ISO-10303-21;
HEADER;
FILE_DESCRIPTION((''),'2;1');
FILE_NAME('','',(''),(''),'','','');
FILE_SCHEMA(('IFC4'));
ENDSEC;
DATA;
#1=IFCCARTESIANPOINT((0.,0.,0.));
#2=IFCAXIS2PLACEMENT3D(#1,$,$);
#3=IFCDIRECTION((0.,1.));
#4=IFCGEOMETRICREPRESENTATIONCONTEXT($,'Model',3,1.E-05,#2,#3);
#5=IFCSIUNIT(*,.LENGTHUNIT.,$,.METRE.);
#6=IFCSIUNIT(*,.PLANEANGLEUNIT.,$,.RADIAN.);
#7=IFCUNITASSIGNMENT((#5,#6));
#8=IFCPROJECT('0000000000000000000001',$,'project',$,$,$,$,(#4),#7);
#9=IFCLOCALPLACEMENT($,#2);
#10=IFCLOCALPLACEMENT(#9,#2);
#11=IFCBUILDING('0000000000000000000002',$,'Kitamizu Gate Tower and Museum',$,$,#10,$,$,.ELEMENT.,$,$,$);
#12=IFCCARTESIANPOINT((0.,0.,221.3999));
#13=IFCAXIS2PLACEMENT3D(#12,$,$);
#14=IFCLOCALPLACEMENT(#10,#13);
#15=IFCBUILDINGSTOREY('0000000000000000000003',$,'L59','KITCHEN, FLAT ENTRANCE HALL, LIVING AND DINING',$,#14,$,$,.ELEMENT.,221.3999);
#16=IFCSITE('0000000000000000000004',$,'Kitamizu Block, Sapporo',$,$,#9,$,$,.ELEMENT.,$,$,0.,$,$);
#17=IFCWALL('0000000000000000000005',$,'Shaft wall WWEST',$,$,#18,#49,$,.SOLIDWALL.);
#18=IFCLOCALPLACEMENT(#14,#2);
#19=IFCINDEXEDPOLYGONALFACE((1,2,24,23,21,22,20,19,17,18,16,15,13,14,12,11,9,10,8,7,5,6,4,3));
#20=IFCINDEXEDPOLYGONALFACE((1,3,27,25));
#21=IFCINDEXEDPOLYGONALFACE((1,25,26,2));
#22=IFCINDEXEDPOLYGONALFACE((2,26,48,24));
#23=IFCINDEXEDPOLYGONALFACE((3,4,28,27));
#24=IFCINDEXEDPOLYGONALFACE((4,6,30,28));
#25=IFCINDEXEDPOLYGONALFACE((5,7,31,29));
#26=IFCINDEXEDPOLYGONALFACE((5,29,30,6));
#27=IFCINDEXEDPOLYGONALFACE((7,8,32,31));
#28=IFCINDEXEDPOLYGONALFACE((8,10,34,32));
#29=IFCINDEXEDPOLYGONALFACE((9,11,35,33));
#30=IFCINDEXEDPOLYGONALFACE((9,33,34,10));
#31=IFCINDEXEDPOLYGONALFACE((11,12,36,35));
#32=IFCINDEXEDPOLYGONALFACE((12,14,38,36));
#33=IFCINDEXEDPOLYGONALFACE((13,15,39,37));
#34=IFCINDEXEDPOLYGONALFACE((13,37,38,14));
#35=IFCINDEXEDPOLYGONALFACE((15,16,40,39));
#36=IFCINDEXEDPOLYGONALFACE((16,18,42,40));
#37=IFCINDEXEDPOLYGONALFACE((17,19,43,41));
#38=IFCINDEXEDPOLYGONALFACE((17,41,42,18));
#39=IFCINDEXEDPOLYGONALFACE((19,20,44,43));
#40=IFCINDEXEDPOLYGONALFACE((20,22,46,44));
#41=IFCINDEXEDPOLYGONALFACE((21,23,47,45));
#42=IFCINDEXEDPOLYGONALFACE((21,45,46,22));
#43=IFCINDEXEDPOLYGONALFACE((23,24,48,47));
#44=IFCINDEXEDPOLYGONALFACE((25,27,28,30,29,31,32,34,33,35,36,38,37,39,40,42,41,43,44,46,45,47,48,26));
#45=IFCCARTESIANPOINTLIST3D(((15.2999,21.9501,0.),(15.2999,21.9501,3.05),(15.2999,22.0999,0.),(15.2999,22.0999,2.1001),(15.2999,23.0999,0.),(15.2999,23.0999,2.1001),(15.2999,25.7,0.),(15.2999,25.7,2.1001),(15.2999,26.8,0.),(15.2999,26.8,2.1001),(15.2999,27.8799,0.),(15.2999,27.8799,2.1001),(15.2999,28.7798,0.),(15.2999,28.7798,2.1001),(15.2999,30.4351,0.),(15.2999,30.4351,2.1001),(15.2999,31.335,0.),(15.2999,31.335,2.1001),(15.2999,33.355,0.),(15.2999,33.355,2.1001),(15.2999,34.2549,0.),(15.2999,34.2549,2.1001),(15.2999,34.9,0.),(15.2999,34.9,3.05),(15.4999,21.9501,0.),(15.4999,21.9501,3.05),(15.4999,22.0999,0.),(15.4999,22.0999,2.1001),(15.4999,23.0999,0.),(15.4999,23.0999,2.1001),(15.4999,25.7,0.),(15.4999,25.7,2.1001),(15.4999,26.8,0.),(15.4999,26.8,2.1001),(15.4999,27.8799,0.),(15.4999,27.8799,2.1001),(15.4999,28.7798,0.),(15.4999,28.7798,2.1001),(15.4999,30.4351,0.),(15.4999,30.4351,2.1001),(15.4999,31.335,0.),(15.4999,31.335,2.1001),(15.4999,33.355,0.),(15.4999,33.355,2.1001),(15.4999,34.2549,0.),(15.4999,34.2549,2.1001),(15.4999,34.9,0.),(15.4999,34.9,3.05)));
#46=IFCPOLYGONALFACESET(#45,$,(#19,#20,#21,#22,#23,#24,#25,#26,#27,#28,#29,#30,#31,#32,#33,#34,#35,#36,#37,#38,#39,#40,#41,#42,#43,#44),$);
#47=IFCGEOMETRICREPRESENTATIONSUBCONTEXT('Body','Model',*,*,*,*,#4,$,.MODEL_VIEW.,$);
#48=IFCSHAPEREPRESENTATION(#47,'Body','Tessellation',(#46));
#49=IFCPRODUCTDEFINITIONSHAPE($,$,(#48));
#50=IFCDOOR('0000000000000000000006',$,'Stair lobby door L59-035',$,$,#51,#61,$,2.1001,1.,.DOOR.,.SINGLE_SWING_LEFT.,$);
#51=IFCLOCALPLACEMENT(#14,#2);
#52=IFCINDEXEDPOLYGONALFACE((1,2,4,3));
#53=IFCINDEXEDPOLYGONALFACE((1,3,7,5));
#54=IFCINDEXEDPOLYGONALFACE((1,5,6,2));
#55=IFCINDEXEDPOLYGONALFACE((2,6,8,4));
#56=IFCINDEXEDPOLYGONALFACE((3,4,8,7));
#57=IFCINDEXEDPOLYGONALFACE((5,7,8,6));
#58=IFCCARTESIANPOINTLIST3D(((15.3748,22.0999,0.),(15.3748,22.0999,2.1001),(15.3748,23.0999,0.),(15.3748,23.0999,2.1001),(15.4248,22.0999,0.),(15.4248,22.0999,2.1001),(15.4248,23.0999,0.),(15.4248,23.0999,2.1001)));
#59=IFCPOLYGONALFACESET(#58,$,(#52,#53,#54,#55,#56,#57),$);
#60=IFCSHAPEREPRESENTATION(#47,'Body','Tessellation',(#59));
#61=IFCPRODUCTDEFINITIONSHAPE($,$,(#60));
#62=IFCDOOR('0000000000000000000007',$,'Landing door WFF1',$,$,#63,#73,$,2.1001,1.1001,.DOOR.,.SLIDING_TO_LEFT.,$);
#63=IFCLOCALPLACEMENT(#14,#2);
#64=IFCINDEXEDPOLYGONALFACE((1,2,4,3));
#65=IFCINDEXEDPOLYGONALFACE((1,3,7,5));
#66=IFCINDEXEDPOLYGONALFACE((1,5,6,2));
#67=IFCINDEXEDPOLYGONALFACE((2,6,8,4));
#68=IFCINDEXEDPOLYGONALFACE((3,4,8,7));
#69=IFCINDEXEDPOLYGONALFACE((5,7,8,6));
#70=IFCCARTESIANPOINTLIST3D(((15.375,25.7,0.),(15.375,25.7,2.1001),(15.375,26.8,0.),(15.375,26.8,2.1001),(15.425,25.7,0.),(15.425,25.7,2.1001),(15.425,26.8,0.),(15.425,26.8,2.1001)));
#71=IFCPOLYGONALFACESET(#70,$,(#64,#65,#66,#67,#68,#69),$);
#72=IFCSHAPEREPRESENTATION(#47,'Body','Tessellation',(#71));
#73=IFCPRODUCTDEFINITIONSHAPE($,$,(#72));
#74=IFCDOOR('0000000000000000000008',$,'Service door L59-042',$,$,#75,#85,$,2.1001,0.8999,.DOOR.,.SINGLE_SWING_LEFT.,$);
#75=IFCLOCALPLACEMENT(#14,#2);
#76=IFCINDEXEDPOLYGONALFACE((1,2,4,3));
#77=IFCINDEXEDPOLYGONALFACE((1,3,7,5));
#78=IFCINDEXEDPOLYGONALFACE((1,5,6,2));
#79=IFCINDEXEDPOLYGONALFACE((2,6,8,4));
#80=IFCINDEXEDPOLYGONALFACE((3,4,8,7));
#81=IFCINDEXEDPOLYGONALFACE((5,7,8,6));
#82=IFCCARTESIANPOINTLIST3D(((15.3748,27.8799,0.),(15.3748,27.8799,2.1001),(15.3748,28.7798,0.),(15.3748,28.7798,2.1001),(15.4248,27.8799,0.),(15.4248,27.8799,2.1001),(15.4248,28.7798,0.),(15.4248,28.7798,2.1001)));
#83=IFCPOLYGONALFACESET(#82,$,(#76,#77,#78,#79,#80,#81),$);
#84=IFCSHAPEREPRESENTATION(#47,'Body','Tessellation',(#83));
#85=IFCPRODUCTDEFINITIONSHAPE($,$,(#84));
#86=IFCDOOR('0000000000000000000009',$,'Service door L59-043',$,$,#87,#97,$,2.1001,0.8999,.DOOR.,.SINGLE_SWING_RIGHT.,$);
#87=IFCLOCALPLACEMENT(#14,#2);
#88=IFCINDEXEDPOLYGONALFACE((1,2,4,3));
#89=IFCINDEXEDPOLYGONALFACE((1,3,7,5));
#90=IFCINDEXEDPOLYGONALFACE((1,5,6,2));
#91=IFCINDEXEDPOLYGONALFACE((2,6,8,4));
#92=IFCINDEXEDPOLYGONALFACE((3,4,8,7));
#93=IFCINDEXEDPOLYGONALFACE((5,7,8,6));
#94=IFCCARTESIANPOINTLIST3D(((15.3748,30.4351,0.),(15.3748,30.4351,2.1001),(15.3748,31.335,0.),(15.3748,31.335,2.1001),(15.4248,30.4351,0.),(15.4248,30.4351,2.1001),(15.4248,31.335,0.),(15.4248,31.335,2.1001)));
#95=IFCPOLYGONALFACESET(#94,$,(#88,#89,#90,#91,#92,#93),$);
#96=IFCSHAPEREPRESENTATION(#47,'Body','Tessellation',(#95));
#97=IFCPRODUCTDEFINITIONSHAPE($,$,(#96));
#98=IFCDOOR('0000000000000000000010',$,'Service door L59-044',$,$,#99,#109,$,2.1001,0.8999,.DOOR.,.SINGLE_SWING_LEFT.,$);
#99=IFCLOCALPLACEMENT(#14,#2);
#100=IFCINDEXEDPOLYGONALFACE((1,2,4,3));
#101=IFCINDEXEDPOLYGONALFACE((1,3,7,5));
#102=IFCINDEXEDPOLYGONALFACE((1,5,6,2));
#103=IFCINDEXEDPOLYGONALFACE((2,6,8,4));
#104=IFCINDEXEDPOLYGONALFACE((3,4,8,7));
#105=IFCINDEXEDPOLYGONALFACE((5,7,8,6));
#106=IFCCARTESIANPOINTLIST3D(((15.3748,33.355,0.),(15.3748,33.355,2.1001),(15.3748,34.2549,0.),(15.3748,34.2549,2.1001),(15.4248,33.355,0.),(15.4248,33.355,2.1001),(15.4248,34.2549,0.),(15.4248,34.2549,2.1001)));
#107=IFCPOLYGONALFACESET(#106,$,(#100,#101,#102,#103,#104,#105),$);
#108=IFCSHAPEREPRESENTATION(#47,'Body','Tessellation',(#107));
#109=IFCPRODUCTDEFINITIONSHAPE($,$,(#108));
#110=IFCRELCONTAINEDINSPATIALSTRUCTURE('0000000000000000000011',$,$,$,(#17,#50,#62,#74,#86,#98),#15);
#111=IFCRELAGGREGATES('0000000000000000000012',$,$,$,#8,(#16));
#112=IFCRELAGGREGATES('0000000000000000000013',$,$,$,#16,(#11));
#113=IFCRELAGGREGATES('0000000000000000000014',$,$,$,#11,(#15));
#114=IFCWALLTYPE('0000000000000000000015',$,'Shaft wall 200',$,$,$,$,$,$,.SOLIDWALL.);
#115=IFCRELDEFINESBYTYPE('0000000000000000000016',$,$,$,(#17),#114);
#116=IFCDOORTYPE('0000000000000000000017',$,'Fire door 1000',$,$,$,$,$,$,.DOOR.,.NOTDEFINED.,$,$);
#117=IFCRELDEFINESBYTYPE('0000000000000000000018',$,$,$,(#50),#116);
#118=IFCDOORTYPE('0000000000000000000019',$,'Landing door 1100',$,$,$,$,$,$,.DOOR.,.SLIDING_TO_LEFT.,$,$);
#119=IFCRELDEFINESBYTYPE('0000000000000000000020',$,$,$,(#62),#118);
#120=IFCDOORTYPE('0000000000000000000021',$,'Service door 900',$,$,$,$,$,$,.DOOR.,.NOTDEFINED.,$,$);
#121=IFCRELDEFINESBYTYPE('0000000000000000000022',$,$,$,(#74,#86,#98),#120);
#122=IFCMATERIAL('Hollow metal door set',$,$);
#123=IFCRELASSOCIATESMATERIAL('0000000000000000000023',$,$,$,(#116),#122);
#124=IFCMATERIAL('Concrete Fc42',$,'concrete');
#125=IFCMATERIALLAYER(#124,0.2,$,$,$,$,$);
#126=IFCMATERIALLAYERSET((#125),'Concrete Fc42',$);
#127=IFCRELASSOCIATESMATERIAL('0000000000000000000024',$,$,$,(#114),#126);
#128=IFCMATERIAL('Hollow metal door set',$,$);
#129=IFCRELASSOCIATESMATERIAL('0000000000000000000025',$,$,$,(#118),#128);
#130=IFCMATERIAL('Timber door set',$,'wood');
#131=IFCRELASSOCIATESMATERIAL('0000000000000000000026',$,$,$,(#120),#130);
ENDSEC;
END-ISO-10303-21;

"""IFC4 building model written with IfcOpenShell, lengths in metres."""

from ifc_helpers import new_model, si_unit, direction, frame, frame_2d, origin, place, context, subcontext, project, spatial, rectangle, extrude, material, layer, layer_set, type_object, element, fill, save


model = new_model("IFC4")

# Units and contexts
model_context = context("Model", 3, precision=1e-05, world=origin(), true_north=direction((0.0, 1.0)))
body_context = subcontext(model_context, "Body", "Model", "MODEL_VIEW")
ifc_project = project(units=[si_unit("LENGTHUNIT", "METRE"), si_unit("PLANEANGLEUNIT", "RADIAN")], contexts=[model_context])

# Site, building, storey
site_placement = place(None, origin())
site = spatial("IfcSite", under=ifc_project, at=site_placement, Name="Kitamizu Block, Sapporo", CompositionType="ELEMENT", RefElevation=0.0)
building_placement = place(site_placement, origin())
building = spatial("IfcBuilding", under=site, at=building_placement, Name="Kitamizu Gate Tower and Museum", CompositionType="ELEMENT")
storey_placement = place(building_placement, frame((0.0, 0.0, 221.3999)))
storey = spatial("IfcBuildingStorey", under=building, at=storey_placement, Name="L59", Description="KITCHEN, FLAT ENTRANCE HALL, LIVING AND DINING", CompositionType="ELEMENT", Elevation=221.3999)

# Shared definitions
ifc_material_1 = material(Name="Hollow metal door set")
door_type_1 = type_object("IfcDoorType", Name="Fire door 1000", OperationType="NOTDEFINED", PredefinedType="DOOR", material=ifc_material_1)

# Wall, openings, doors
ifc_material_2 = material(Name="Concrete Fc42", Category="concrete")
ifc_layer_1 = layer(ifc_material_2, 0.2)
ifc_layer_set_1 = layer_set([ifc_layer_1], Name="Concrete Fc42")
wall_type_1 = type_object("IfcWallType", Name="Shaft wall 200", PredefinedType="SOLIDWALL", material=ifc_layer_set_1)
wall_1_placement = place(storey_placement, frame((15.3999, 21.95, 0.0), z_axis=(0.0, 0.0, 1.0), x_axis=(0.0, 1.0, 0.0)))
wall_1 = element("IfcWall", 1, at=wall_1_placement, inside=storey, type_object=wall_type_1, Name="Shaft wall WWEST", PredefinedType="SOLIDWALL", context=body_context, shape_type="SweptSolid", body=[
    extrude(rectangle(XDim=12.95, YDim=0.2, at=frame_2d((6.4751, 0.0))), origin(), (0.0, 0.0, 1.0), 3.05),
])
opening_1_placement = place(wall_1_placement, frame((3.75, 0.0, 0.0)))
opening_1 = element("IfcOpeningElement", 2, at=opening_1_placement, cuts=wall_1, PredefinedType="OPENING", context=body_context, shape_type="SweptSolid", body=[
    extrude(rectangle(XDim=1.1001, YDim=2.1001, at=frame_2d((0.55, 1.05))), frame((0.0, 0.1099, 0.0), z_axis=(0.0, -1.0, 0.0), x_axis=(1.0, 0.0, 0.0)), (0.0, 0.0, 1.0), 0.22),
])
opening_2_placement = place(wall_1_placement, frame((0.1499, 0.0, 0.0)))
opening_2 = element("IfcOpeningElement", 3, at=opening_2_placement, cuts=wall_1, PredefinedType="OPENING", context=body_context, shape_type="SweptSolid", body=[
    extrude(rectangle(XDim=1.0, YDim=2.1001, at=frame_2d((0.5, 1.05))), frame((0.0, 0.1099, 0.0), z_axis=(0.0, -1.0, 0.0), x_axis=(1.0, 0.0, 0.0)), (0.0, 0.0, 1.0), 0.22),
])
opening_3_placement = place(wall_1_placement, frame((5.9299, 0.0, 0.0)))
opening_3 = element("IfcOpeningElement", 4, at=opening_3_placement, cuts=wall_1, PredefinedType="OPENING", context=body_context, shape_type="SweptSolid", body=[
    extrude(rectangle(XDim=0.8999, YDim=2.1001, at=frame_2d((0.45, 1.05))), frame((0.0, 0.1099, 0.0), z_axis=(0.0, -1.0, 0.0), x_axis=(1.0, 0.0, 0.0)), (0.0, 0.0, 1.0), 0.22),
])
opening_4_placement = place(wall_1_placement, frame((8.4851, 0.0, 0.0)))
opening_4 = element("IfcOpeningElement", 5, at=opening_4_placement, cuts=wall_1, PredefinedType="OPENING", context=body_context, shape_type="SweptSolid", body=[
    extrude(rectangle(XDim=0.8999, YDim=2.1001, at=frame_2d((0.45, 1.05))), frame((0.0, 0.1099, 0.0), z_axis=(0.0, -1.0, 0.0), x_axis=(1.0, 0.0, 0.0)), (0.0, 0.0, 1.0), 0.22),
])
opening_5_placement = place(wall_1_placement, frame((11.405, 0.0, 0.0)))
opening_5 = element("IfcOpeningElement", 6, at=opening_5_placement, cuts=wall_1, PredefinedType="OPENING", context=body_context, shape_type="SweptSolid", body=[
    extrude(rectangle(XDim=0.8999, YDim=2.1001, at=frame_2d((0.45, 1.05))), frame((0.0, 0.1099, 0.0), z_axis=(0.0, -1.0, 0.0), x_axis=(1.0, 0.0, 0.0)), (0.0, 0.0, 1.0), 0.22),
])
door_1_placement = place(opening_2_placement, frame((1.0, 0.0, 0.0), x_axis=(-1.0, 0.0, 0.0)))
door_1 = element("IfcDoor", 7, at=door_1_placement, inside=storey, type_object=door_type_1, Name="Stair lobby door L59-035", OperationType="SINGLE_SWING_LEFT", OverallHeight=2.1001, OverallWidth=1.0, PredefinedType="DOOR", context=body_context, shape_type="SweptSolid", body=[
    extrude(rectangle(XDim=1.0, YDim=2.1001, at=frame_2d((0.5, 1.05))), frame((0.0, 0.0249, 0.0), z_axis=(0.0, -1.0, 0.0), x_axis=(1.0, 0.0, 0.0)), (0.0, 0.0, 1.0), 0.05),
])
fill(opening_2, door_1)
ifc_material_3 = material(Name="Hollow metal door set")
door_type_2 = type_object("IfcDoorType", Name="Landing door 1100", OperationType="SLIDING_TO_LEFT", PredefinedType="DOOR", material=ifc_material_3)
door_2_placement = place(opening_1_placement, origin())
door_2 = element("IfcDoor", 8, at=door_2_placement, inside=storey, type_object=door_type_2, Name="Landing door WFF1", OperationType="SLIDING_TO_LEFT", OverallHeight=2.1001, OverallWidth=1.1001, PredefinedType="DOOR", context=body_context, shape_type="SweptSolid", body=[
    extrude(rectangle(XDim=1.1001, YDim=2.1001, at=frame_2d((0.55, 1.05))), frame((0.0, 0.0249, 0.0), z_axis=(0.0, -1.0, 0.0), x_axis=(1.0, 0.0, 0.0)), (0.0, 0.0, 1.0), 0.05),
])
fill(opening_1, door_2)
ifc_material_4 = material(Name="Timber door set", Category="wood")
door_type_3 = type_object("IfcDoorType", Name="Service door 900", OperationType="NOTDEFINED", PredefinedType="DOOR", material=ifc_material_4)
door_3_placement = place(opening_3_placement, frame((0.8999, 0.0, 0.0), x_axis=(-1.0, 0.0, 0.0)))
door_3 = element("IfcDoor", 9, at=door_3_placement, inside=storey, type_object=door_type_3, Name="Service door L59-042", OperationType="SINGLE_SWING_LEFT", OverallHeight=2.1001, OverallWidth=0.8999, PredefinedType="DOOR", context=body_context, shape_type="SweptSolid", body=[
    extrude(rectangle(XDim=0.8999, YDim=2.1001, at=frame_2d((0.45, 1.05))), frame((0.0, 0.0249, 0.0), z_axis=(0.0, -1.0, 0.0), x_axis=(1.0, 0.0, 0.0)), (0.0, 0.0, 1.0), 0.05),
])
fill(opening_3, door_3)
door_4_placement = place(opening_4_placement, frame((0.8999, 0.0, 0.0), x_axis=(-1.0, 0.0, 0.0)))
door_4 = element("IfcDoor", 10, at=door_4_placement, inside=storey, type_object=door_type_3, Name="Service door L59-043", OperationType="SINGLE_SWING_RIGHT", OverallHeight=2.1001, OverallWidth=0.8999, PredefinedType="DOOR", context=body_context, shape_type="SweptSolid", body=[
    extrude(rectangle(XDim=0.8999, YDim=2.1001, at=frame_2d((0.45, 1.05))), frame((0.0, 0.0249, 0.0), z_axis=(0.0, -1.0, 0.0), x_axis=(1.0, 0.0, 0.0)), (0.0, 0.0, 1.0), 0.05),
])
fill(opening_4, door_4)
door_5_placement = place(opening_5_placement, frame((0.8999, 0.0, 0.0), x_axis=(-1.0, 0.0, 0.0)))
door_5 = element("IfcDoor", 11, at=door_5_placement, inside=storey, type_object=door_type_3, Name="Service door L59-044", OperationType="SINGLE_SWING_LEFT", OverallHeight=2.1001, OverallWidth=0.8999, PredefinedType="DOOR", context=body_context, shape_type="SweptSolid", body=[
    extrude(rectangle(XDim=0.8999, YDim=2.1001, at=frame_2d((0.45, 1.05))), frame((0.0, 0.0249, 0.0), z_axis=(0.0, -1.0, 0.0), x_axis=(1.0, 0.0, 0.0)), (0.0, 0.0, 1.0), 0.05),
])
fill(opening_5, door_5)

save(model, "model.ifc")
